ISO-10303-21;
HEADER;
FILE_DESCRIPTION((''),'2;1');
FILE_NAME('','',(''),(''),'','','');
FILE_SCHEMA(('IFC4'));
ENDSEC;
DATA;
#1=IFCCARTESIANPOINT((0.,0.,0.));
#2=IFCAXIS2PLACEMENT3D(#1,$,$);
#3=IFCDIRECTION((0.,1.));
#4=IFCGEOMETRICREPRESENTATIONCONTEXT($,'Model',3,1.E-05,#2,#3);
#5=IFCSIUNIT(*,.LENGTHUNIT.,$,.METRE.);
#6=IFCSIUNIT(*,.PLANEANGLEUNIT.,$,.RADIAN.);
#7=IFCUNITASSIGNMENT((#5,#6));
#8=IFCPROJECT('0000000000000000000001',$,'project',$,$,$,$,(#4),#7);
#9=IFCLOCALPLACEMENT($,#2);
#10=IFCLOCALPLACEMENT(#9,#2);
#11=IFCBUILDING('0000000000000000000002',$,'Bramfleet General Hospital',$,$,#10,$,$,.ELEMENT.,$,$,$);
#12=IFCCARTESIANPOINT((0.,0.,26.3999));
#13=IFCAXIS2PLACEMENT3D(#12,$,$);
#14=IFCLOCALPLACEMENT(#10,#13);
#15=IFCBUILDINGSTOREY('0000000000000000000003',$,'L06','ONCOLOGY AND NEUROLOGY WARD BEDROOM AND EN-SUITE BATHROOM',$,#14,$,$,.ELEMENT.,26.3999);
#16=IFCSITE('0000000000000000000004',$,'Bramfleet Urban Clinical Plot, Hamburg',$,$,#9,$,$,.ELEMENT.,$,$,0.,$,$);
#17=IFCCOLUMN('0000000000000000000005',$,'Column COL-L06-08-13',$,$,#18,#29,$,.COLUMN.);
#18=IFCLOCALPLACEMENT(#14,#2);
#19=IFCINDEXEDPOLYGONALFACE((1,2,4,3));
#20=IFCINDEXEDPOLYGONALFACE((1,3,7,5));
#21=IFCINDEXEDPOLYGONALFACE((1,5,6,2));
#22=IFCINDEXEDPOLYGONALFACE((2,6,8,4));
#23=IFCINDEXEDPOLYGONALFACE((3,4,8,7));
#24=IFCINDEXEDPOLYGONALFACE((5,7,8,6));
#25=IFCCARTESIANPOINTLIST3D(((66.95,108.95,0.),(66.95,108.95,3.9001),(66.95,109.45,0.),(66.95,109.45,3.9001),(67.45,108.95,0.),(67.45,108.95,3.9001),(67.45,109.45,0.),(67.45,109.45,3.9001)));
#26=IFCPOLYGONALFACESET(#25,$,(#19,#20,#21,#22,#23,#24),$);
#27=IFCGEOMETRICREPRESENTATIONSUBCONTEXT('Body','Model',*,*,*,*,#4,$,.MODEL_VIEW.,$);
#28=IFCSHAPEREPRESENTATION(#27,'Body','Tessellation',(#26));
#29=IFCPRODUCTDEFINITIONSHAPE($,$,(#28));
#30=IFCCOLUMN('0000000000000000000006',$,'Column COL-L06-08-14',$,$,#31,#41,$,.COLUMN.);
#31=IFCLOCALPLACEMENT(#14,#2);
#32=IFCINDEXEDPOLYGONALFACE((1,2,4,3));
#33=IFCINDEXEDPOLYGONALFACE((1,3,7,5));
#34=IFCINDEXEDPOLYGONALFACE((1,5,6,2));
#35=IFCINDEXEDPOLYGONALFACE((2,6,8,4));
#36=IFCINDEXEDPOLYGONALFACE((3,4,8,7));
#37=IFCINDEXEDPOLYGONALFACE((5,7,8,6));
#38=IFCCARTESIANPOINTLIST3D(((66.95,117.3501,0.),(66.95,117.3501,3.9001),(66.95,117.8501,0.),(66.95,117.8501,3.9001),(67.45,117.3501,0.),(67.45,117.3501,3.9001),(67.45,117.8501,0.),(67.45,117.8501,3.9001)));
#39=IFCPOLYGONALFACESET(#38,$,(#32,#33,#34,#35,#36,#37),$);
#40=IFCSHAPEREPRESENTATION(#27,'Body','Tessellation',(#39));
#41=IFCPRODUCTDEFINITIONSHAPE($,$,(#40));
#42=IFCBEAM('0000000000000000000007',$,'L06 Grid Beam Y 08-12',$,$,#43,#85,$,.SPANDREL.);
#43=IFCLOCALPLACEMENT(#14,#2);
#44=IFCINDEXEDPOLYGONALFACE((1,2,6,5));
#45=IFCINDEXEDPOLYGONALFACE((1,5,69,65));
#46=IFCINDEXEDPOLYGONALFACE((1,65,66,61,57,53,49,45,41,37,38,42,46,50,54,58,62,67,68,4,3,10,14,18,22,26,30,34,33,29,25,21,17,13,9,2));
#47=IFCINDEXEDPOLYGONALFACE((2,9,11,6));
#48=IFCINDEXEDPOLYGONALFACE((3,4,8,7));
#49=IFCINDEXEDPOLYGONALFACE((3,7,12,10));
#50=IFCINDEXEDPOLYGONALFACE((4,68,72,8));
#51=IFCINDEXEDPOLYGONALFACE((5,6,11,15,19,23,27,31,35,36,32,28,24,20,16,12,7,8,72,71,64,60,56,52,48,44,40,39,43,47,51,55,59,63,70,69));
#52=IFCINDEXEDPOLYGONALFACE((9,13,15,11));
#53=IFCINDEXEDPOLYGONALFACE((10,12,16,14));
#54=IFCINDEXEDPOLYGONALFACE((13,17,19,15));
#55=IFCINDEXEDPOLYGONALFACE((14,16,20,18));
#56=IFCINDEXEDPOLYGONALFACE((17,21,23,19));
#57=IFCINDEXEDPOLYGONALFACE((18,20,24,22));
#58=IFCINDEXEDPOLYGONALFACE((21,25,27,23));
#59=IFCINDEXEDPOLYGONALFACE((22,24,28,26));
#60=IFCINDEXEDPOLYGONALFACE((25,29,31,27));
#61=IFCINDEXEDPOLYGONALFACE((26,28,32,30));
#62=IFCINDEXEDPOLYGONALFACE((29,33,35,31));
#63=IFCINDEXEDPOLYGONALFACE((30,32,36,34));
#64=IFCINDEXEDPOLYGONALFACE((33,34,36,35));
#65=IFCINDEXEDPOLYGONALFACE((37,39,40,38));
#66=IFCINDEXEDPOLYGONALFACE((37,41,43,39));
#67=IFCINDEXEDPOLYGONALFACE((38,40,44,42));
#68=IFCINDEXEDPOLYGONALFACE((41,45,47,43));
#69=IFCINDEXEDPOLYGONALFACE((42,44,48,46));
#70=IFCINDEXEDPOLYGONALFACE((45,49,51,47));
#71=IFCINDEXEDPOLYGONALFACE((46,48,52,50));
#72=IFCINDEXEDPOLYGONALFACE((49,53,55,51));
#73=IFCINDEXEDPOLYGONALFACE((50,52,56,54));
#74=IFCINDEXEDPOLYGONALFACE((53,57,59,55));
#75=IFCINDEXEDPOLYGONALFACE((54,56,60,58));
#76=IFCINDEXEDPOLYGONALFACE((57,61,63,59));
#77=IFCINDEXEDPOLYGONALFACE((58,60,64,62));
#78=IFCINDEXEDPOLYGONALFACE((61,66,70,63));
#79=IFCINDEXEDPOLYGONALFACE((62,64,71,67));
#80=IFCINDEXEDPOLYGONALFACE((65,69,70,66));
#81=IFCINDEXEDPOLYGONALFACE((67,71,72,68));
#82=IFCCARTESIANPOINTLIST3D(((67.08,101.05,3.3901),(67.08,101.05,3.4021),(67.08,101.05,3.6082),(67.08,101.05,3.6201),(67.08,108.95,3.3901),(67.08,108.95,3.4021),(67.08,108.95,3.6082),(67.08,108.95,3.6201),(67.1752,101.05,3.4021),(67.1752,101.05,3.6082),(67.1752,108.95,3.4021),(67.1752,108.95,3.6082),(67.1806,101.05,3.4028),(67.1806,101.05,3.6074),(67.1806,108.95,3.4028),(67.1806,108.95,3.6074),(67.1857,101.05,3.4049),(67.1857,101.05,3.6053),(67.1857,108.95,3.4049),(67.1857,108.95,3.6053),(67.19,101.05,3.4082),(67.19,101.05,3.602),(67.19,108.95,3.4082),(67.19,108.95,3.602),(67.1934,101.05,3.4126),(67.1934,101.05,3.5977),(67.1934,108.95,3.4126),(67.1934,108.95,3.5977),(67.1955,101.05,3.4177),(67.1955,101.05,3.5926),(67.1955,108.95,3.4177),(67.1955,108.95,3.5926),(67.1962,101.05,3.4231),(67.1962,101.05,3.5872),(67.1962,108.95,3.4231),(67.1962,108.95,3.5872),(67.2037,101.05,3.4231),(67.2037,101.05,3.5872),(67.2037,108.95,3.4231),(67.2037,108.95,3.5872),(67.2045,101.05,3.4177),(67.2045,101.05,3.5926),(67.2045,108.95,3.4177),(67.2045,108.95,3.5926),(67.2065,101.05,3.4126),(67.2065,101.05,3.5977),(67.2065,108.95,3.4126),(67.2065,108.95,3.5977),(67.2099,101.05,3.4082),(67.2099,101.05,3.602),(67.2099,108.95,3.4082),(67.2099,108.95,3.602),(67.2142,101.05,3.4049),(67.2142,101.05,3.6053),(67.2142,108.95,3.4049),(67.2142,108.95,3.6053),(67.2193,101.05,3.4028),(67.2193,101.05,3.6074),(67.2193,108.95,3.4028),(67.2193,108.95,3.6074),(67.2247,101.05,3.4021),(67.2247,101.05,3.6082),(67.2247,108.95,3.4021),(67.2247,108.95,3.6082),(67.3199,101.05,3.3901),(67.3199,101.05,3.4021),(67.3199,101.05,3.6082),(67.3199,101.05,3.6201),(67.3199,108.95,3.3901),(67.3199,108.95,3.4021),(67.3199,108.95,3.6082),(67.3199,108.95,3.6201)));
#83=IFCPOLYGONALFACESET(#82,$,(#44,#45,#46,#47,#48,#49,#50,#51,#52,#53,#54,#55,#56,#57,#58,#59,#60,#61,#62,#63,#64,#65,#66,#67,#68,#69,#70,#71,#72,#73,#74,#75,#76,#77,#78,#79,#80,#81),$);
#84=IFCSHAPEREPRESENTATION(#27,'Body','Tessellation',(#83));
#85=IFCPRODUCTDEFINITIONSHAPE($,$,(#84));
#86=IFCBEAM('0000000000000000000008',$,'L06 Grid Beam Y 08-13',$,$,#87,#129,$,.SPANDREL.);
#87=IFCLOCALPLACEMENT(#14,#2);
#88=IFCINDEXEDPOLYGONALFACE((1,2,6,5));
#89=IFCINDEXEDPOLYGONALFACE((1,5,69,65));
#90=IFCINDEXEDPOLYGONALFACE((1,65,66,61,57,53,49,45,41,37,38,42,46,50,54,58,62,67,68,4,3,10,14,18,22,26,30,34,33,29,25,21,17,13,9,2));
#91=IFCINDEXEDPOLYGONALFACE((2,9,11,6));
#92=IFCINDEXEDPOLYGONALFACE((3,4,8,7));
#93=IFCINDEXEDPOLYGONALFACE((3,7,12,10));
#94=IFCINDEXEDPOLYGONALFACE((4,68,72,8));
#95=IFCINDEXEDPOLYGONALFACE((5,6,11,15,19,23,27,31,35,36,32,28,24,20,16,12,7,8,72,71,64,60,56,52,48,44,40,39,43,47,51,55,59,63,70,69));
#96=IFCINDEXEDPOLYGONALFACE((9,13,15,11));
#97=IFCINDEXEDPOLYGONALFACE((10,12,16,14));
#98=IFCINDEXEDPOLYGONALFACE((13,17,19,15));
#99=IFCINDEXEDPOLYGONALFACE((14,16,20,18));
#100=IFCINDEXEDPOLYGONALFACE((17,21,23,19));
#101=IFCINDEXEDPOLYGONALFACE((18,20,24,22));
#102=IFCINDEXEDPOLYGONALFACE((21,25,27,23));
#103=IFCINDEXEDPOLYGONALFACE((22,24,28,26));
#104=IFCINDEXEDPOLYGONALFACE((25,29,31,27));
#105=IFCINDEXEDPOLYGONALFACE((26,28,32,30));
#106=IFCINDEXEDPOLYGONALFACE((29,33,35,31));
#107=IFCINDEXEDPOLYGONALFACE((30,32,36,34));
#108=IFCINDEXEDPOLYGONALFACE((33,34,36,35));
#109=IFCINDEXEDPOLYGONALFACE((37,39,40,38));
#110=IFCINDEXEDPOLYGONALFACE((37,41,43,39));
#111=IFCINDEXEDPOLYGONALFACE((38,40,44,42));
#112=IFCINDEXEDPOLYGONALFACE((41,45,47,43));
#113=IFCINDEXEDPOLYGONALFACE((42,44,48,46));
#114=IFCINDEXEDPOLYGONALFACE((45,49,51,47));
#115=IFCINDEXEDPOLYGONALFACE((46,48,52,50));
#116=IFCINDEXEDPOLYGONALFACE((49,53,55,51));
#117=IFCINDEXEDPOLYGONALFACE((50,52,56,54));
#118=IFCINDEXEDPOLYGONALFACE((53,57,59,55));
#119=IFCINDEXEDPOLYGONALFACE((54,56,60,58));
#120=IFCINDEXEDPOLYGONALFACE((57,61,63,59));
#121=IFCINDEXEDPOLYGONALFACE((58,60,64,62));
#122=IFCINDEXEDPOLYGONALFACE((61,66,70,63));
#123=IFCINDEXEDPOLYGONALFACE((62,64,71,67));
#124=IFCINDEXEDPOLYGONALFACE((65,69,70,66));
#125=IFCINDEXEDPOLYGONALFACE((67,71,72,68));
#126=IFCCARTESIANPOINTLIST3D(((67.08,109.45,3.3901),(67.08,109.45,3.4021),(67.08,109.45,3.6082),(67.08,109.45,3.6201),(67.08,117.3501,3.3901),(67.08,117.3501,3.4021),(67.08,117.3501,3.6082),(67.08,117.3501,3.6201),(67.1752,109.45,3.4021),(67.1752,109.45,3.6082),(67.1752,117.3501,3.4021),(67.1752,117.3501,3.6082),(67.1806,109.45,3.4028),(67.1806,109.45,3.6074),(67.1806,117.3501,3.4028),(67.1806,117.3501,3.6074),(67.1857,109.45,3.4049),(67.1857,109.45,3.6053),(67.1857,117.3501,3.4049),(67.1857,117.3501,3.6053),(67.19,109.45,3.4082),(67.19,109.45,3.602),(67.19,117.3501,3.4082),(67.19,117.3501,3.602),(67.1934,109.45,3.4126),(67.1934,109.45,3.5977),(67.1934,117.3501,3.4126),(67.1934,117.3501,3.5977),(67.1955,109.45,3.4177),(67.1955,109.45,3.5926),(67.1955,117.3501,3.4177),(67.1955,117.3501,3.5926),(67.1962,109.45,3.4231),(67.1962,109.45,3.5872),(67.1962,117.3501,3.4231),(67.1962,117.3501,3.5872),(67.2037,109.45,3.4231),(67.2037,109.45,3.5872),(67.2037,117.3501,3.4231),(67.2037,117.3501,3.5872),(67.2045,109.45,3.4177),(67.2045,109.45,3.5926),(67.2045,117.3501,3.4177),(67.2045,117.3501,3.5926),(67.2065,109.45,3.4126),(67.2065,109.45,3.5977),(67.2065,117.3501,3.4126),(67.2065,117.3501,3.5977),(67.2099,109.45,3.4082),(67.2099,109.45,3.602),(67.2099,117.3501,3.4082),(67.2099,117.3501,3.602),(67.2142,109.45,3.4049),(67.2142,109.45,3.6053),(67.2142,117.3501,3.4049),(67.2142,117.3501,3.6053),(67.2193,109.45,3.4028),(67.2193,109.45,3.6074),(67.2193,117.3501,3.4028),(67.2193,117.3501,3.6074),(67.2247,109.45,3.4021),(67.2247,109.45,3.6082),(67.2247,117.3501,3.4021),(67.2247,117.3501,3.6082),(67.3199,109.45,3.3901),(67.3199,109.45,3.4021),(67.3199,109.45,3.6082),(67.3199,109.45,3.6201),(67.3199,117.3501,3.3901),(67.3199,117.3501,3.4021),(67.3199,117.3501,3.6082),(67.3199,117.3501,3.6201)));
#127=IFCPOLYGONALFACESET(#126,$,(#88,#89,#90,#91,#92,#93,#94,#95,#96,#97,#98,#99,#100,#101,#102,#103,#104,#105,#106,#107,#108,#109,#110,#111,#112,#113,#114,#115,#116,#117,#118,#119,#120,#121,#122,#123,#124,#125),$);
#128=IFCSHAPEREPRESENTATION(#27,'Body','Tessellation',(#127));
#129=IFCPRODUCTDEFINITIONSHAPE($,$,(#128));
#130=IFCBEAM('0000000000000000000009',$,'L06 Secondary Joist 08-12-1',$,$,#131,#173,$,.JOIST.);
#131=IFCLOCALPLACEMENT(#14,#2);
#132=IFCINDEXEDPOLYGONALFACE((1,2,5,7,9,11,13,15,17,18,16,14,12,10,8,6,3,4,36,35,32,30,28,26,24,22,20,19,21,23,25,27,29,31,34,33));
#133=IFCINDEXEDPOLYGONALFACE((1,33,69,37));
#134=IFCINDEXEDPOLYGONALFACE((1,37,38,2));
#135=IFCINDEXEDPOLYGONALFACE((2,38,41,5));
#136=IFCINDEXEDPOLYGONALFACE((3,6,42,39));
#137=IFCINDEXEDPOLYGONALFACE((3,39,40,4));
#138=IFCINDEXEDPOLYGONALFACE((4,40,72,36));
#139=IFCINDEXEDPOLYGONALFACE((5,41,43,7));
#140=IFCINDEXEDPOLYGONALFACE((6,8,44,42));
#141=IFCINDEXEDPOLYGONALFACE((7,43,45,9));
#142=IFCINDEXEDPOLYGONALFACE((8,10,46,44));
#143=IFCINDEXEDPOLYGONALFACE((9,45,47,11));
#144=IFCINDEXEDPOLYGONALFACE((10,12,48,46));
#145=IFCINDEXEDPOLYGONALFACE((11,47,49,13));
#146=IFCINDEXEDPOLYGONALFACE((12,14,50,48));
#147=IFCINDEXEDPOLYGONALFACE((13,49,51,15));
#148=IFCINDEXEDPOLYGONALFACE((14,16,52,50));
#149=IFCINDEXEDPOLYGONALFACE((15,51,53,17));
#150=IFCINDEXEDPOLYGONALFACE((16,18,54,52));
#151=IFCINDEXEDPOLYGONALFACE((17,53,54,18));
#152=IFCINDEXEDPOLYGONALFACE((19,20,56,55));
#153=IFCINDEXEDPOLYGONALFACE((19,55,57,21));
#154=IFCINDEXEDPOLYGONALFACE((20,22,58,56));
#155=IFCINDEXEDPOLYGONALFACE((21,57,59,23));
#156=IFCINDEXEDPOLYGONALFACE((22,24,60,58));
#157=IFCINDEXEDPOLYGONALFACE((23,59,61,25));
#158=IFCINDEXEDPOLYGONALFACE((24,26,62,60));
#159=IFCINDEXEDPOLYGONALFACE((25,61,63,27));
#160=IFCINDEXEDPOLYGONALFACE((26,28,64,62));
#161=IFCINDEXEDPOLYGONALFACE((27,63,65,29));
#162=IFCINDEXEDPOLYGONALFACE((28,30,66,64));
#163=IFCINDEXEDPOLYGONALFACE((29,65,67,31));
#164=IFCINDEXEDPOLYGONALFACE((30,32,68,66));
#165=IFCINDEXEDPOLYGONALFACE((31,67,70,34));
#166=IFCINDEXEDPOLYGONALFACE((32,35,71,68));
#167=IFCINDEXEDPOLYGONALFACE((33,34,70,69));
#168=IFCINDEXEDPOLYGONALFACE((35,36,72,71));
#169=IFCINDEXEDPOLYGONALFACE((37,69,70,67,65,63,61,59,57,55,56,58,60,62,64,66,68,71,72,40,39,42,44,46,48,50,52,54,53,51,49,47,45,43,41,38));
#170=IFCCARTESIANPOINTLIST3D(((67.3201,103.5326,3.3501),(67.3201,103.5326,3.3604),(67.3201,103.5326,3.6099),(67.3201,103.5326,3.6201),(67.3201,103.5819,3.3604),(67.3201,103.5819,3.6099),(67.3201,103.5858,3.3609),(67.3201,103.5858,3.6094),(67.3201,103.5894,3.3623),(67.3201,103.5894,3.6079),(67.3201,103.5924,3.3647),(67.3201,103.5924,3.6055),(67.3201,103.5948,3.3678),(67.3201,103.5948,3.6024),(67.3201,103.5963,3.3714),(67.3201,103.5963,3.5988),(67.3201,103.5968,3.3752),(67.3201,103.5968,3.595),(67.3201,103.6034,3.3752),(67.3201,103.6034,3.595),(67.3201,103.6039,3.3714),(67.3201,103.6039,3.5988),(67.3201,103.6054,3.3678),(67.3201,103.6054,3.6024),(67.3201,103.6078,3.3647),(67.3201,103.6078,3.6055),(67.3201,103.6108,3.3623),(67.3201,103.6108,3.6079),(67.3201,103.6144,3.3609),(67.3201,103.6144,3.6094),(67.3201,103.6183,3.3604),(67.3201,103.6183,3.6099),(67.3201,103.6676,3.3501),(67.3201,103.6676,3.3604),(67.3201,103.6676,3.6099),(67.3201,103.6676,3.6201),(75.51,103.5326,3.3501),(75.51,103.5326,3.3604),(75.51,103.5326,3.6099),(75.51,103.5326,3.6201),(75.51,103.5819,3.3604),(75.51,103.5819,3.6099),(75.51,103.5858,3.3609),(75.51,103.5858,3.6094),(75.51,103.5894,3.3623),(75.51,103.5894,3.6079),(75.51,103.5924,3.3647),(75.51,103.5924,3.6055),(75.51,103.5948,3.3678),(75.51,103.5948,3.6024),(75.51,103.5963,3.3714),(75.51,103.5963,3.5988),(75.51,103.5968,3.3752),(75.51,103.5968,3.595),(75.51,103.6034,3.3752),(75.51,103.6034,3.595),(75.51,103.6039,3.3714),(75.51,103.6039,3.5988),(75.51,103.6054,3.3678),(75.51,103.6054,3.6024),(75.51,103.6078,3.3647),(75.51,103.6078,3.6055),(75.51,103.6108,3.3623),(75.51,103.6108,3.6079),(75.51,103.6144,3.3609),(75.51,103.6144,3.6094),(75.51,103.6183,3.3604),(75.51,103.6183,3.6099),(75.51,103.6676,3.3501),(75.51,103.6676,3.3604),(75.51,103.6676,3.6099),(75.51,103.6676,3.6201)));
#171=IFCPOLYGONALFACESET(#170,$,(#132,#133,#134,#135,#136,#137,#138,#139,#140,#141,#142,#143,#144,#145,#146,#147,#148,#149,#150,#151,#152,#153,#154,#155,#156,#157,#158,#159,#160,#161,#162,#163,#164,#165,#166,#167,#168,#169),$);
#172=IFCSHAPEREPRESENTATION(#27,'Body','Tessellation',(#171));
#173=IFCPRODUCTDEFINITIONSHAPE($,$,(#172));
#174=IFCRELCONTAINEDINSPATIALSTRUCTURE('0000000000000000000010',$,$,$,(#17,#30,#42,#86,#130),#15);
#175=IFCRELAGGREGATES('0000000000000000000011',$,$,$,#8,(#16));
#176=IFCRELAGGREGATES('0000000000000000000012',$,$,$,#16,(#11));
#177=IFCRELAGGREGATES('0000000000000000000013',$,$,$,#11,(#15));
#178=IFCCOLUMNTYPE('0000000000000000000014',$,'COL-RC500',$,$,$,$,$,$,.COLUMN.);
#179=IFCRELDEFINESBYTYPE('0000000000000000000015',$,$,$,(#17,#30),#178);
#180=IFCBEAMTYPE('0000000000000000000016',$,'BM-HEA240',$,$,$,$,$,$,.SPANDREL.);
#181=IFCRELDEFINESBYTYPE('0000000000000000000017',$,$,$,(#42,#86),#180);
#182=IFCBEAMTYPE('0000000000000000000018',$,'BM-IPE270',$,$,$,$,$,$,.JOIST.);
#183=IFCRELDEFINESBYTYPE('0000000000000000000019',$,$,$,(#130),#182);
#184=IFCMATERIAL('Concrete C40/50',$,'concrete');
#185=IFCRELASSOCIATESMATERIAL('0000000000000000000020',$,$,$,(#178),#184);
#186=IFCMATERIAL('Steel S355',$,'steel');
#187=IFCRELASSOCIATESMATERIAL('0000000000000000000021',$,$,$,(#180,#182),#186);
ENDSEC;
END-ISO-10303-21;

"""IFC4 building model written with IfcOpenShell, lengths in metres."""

from ifc_helpers import new_model, si_unit, direction, frame, origin, origin_2d, place, context, subcontext, project, spatial, rectangle, i_section, extrude, material, material_profile, profile_set, type_object, element, save


model = new_model("IFC4")

# Units and contexts
model_context = context("Model", 3, precision=1e-05, world=origin(), true_north=direction((0.0, 1.0)))
body_context = subcontext(model_context, "Body", "Model", "MODEL_VIEW")
ifc_project = project(units=[si_unit("LENGTHUNIT", "METRE"), si_unit("PLANEANGLEUNIT", "RADIAN")], contexts=[model_context])

# Site, building, storey
site_placement = place(None, origin())
site = spatial("IfcSite", under=ifc_project, at=site_placement, Name="Bramfleet Urban Clinical Plot, Hamburg", CompositionType="ELEMENT", RefElevation=0.0)
building_placement = place(site_placement, origin())
building = spatial("IfcBuilding", under=site, at=building_placement, Name="Bramfleet General Hospital", CompositionType="ELEMENT")
storey_placement = place(building_placement, frame((0.0, 0.0, 26.3999)))
storey = spatial("IfcBuildingStorey", under=building, at=storey_placement, Name="L06", Description="ONCOLOGY AND NEUROLOGY WARD BEDROOM AND EN-SUITE BATHROOM", CompositionType="ELEMENT", Elevation=26.3999)

# Columns
ifc_material_1 = material(Name="Concrete C40/50", Category="concrete")
ifc_material_profile_1 = material_profile(ifc_material_1, rectangle(XDim=0.5, YDim=0.5, at=origin_2d()), Name="RC COL 500x500")
ifc_profile_set_1 = profile_set([ifc_material_profile_1], Name="Concrete C40/50")
column_type = type_object("IfcColumnType", Name="COL-RC500", PredefinedType="COLUMN", material=ifc_profile_set_1)
for number, where, z_axis, x_axis, name in (
    (1, (67.2, 109.2, 0.0), (0.0, 0.0, 1.0), (1.0, 0.0, 0.0), "Column COL-L06-08-13"),
    (2, (67.2, 117.6001, 0.0), (0.0, 0.0, 1.0), (1.0, 0.0, 0.0), "Column COL-L06-08-14"),
):
    element("IfcColumn", number, at=place(storey_placement, frame(where, z_axis=z_axis, x_axis=x_axis)), inside=storey, type_object=column_type, Name=name, PredefinedType="COLUMN", context=body_context, shape_type="SweptSolid", body=[
        extrude(rectangle(XDim=0.5, YDim=0.5, at=origin_2d()), origin(), (0.0, 0.0, 1.0), 3.9001),
    ])

# Beams
ifc_material_2 = material(Name="Steel S355", Category="steel")
ifc_material_profile_2 = material_profile(ifc_material_2, i_section(OverallWidth=0.24, OverallDepth=0.23, WebThickness=0.0076, FlangeThickness=0.012, FilletRadius=0.021, at=origin_2d()), Name="HEA 240")
ifc_profile_set_2 = profile_set([ifc_material_profile_2], Name="Steel S355")
beam_type_1 = type_object("IfcBeamType", Name="BM-HEA240", PredefinedType="SPANDREL", material=ifc_profile_set_2)
beam_1_placement = place(storey_placement, frame((67.2, 101.05, 3.5051), z_axis=(0.0, 1.0, 0.0), x_axis=(-1.0, 0.0, 0.0)))
element("IfcBeam", 3, at=beam_1_placement, inside=storey, type_object=beam_type_1, Name="L06 Grid Beam Y 08-12", PredefinedType="SPANDREL", context=body_context, shape_type="SweptSolid", body=[
    extrude(i_section(OverallWidth=0.24, OverallDepth=0.23, WebThickness=0.0076, FlangeThickness=0.012, FilletRadius=0.021, at=origin_2d()), origin(), (0.0, 0.0, 1.0), 7.8999),
])
beam_2_placement = place(storey_placement, frame((67.2, 109.45, 3.5051), z_axis=(0.0, 1.0, 0.0), x_axis=(-1.0, 0.0, 0.0)))
element("IfcBeam", 4, at=beam_2_placement, inside=storey, type_object=beam_type_1, Name="L06 Grid Beam Y 08-13", PredefinedType="SPANDREL", context=body_context, shape_type="SweptSolid", body=[
    extrude(i_section(OverallWidth=0.24, OverallDepth=0.23, WebThickness=0.0076, FlangeThickness=0.012, FilletRadius=0.021, at=origin_2d()), origin(), (0.0, 0.0, 1.0), 7.9001),
])
ifc_material_profile_3 = material_profile(ifc_material_2, i_section(OverallWidth=0.135, OverallDepth=0.27, WebThickness=0.0066, FlangeThickness=0.0103, FilletRadius=0.0149, at=origin_2d()), Name="IPE 270")
ifc_profile_set_3 = profile_set([ifc_material_profile_3], Name="Steel S355")
beam_type_2 = type_object("IfcBeamType", Name="BM-IPE270", PredefinedType="JOIST", material=ifc_profile_set_3)
for number, where, z_axis, x_axis, name in (
    (5, (67.3201, 103.6001, 3.4851), (1.0, 0.0, 0.0), (0.0, 1.0, 0.0), "L06 Secondary Joist 08-12-1"),
):
    element("IfcBeam", number, at=place(storey_placement, frame(where, z_axis=z_axis, x_axis=x_axis)), inside=storey, type_object=beam_type_2, Name=name, PredefinedType="JOIST", context=body_context, shape_type="SweptSolid", body=[
        extrude(i_section(OverallWidth=0.135, OverallDepth=0.27, WebThickness=0.0066, FlangeThickness=0.0103, FilletRadius=0.0149, at=origin_2d()), origin(), (0.0, 0.0, 1.0), 8.1899),
    ])

save(model, "model.ifc")
